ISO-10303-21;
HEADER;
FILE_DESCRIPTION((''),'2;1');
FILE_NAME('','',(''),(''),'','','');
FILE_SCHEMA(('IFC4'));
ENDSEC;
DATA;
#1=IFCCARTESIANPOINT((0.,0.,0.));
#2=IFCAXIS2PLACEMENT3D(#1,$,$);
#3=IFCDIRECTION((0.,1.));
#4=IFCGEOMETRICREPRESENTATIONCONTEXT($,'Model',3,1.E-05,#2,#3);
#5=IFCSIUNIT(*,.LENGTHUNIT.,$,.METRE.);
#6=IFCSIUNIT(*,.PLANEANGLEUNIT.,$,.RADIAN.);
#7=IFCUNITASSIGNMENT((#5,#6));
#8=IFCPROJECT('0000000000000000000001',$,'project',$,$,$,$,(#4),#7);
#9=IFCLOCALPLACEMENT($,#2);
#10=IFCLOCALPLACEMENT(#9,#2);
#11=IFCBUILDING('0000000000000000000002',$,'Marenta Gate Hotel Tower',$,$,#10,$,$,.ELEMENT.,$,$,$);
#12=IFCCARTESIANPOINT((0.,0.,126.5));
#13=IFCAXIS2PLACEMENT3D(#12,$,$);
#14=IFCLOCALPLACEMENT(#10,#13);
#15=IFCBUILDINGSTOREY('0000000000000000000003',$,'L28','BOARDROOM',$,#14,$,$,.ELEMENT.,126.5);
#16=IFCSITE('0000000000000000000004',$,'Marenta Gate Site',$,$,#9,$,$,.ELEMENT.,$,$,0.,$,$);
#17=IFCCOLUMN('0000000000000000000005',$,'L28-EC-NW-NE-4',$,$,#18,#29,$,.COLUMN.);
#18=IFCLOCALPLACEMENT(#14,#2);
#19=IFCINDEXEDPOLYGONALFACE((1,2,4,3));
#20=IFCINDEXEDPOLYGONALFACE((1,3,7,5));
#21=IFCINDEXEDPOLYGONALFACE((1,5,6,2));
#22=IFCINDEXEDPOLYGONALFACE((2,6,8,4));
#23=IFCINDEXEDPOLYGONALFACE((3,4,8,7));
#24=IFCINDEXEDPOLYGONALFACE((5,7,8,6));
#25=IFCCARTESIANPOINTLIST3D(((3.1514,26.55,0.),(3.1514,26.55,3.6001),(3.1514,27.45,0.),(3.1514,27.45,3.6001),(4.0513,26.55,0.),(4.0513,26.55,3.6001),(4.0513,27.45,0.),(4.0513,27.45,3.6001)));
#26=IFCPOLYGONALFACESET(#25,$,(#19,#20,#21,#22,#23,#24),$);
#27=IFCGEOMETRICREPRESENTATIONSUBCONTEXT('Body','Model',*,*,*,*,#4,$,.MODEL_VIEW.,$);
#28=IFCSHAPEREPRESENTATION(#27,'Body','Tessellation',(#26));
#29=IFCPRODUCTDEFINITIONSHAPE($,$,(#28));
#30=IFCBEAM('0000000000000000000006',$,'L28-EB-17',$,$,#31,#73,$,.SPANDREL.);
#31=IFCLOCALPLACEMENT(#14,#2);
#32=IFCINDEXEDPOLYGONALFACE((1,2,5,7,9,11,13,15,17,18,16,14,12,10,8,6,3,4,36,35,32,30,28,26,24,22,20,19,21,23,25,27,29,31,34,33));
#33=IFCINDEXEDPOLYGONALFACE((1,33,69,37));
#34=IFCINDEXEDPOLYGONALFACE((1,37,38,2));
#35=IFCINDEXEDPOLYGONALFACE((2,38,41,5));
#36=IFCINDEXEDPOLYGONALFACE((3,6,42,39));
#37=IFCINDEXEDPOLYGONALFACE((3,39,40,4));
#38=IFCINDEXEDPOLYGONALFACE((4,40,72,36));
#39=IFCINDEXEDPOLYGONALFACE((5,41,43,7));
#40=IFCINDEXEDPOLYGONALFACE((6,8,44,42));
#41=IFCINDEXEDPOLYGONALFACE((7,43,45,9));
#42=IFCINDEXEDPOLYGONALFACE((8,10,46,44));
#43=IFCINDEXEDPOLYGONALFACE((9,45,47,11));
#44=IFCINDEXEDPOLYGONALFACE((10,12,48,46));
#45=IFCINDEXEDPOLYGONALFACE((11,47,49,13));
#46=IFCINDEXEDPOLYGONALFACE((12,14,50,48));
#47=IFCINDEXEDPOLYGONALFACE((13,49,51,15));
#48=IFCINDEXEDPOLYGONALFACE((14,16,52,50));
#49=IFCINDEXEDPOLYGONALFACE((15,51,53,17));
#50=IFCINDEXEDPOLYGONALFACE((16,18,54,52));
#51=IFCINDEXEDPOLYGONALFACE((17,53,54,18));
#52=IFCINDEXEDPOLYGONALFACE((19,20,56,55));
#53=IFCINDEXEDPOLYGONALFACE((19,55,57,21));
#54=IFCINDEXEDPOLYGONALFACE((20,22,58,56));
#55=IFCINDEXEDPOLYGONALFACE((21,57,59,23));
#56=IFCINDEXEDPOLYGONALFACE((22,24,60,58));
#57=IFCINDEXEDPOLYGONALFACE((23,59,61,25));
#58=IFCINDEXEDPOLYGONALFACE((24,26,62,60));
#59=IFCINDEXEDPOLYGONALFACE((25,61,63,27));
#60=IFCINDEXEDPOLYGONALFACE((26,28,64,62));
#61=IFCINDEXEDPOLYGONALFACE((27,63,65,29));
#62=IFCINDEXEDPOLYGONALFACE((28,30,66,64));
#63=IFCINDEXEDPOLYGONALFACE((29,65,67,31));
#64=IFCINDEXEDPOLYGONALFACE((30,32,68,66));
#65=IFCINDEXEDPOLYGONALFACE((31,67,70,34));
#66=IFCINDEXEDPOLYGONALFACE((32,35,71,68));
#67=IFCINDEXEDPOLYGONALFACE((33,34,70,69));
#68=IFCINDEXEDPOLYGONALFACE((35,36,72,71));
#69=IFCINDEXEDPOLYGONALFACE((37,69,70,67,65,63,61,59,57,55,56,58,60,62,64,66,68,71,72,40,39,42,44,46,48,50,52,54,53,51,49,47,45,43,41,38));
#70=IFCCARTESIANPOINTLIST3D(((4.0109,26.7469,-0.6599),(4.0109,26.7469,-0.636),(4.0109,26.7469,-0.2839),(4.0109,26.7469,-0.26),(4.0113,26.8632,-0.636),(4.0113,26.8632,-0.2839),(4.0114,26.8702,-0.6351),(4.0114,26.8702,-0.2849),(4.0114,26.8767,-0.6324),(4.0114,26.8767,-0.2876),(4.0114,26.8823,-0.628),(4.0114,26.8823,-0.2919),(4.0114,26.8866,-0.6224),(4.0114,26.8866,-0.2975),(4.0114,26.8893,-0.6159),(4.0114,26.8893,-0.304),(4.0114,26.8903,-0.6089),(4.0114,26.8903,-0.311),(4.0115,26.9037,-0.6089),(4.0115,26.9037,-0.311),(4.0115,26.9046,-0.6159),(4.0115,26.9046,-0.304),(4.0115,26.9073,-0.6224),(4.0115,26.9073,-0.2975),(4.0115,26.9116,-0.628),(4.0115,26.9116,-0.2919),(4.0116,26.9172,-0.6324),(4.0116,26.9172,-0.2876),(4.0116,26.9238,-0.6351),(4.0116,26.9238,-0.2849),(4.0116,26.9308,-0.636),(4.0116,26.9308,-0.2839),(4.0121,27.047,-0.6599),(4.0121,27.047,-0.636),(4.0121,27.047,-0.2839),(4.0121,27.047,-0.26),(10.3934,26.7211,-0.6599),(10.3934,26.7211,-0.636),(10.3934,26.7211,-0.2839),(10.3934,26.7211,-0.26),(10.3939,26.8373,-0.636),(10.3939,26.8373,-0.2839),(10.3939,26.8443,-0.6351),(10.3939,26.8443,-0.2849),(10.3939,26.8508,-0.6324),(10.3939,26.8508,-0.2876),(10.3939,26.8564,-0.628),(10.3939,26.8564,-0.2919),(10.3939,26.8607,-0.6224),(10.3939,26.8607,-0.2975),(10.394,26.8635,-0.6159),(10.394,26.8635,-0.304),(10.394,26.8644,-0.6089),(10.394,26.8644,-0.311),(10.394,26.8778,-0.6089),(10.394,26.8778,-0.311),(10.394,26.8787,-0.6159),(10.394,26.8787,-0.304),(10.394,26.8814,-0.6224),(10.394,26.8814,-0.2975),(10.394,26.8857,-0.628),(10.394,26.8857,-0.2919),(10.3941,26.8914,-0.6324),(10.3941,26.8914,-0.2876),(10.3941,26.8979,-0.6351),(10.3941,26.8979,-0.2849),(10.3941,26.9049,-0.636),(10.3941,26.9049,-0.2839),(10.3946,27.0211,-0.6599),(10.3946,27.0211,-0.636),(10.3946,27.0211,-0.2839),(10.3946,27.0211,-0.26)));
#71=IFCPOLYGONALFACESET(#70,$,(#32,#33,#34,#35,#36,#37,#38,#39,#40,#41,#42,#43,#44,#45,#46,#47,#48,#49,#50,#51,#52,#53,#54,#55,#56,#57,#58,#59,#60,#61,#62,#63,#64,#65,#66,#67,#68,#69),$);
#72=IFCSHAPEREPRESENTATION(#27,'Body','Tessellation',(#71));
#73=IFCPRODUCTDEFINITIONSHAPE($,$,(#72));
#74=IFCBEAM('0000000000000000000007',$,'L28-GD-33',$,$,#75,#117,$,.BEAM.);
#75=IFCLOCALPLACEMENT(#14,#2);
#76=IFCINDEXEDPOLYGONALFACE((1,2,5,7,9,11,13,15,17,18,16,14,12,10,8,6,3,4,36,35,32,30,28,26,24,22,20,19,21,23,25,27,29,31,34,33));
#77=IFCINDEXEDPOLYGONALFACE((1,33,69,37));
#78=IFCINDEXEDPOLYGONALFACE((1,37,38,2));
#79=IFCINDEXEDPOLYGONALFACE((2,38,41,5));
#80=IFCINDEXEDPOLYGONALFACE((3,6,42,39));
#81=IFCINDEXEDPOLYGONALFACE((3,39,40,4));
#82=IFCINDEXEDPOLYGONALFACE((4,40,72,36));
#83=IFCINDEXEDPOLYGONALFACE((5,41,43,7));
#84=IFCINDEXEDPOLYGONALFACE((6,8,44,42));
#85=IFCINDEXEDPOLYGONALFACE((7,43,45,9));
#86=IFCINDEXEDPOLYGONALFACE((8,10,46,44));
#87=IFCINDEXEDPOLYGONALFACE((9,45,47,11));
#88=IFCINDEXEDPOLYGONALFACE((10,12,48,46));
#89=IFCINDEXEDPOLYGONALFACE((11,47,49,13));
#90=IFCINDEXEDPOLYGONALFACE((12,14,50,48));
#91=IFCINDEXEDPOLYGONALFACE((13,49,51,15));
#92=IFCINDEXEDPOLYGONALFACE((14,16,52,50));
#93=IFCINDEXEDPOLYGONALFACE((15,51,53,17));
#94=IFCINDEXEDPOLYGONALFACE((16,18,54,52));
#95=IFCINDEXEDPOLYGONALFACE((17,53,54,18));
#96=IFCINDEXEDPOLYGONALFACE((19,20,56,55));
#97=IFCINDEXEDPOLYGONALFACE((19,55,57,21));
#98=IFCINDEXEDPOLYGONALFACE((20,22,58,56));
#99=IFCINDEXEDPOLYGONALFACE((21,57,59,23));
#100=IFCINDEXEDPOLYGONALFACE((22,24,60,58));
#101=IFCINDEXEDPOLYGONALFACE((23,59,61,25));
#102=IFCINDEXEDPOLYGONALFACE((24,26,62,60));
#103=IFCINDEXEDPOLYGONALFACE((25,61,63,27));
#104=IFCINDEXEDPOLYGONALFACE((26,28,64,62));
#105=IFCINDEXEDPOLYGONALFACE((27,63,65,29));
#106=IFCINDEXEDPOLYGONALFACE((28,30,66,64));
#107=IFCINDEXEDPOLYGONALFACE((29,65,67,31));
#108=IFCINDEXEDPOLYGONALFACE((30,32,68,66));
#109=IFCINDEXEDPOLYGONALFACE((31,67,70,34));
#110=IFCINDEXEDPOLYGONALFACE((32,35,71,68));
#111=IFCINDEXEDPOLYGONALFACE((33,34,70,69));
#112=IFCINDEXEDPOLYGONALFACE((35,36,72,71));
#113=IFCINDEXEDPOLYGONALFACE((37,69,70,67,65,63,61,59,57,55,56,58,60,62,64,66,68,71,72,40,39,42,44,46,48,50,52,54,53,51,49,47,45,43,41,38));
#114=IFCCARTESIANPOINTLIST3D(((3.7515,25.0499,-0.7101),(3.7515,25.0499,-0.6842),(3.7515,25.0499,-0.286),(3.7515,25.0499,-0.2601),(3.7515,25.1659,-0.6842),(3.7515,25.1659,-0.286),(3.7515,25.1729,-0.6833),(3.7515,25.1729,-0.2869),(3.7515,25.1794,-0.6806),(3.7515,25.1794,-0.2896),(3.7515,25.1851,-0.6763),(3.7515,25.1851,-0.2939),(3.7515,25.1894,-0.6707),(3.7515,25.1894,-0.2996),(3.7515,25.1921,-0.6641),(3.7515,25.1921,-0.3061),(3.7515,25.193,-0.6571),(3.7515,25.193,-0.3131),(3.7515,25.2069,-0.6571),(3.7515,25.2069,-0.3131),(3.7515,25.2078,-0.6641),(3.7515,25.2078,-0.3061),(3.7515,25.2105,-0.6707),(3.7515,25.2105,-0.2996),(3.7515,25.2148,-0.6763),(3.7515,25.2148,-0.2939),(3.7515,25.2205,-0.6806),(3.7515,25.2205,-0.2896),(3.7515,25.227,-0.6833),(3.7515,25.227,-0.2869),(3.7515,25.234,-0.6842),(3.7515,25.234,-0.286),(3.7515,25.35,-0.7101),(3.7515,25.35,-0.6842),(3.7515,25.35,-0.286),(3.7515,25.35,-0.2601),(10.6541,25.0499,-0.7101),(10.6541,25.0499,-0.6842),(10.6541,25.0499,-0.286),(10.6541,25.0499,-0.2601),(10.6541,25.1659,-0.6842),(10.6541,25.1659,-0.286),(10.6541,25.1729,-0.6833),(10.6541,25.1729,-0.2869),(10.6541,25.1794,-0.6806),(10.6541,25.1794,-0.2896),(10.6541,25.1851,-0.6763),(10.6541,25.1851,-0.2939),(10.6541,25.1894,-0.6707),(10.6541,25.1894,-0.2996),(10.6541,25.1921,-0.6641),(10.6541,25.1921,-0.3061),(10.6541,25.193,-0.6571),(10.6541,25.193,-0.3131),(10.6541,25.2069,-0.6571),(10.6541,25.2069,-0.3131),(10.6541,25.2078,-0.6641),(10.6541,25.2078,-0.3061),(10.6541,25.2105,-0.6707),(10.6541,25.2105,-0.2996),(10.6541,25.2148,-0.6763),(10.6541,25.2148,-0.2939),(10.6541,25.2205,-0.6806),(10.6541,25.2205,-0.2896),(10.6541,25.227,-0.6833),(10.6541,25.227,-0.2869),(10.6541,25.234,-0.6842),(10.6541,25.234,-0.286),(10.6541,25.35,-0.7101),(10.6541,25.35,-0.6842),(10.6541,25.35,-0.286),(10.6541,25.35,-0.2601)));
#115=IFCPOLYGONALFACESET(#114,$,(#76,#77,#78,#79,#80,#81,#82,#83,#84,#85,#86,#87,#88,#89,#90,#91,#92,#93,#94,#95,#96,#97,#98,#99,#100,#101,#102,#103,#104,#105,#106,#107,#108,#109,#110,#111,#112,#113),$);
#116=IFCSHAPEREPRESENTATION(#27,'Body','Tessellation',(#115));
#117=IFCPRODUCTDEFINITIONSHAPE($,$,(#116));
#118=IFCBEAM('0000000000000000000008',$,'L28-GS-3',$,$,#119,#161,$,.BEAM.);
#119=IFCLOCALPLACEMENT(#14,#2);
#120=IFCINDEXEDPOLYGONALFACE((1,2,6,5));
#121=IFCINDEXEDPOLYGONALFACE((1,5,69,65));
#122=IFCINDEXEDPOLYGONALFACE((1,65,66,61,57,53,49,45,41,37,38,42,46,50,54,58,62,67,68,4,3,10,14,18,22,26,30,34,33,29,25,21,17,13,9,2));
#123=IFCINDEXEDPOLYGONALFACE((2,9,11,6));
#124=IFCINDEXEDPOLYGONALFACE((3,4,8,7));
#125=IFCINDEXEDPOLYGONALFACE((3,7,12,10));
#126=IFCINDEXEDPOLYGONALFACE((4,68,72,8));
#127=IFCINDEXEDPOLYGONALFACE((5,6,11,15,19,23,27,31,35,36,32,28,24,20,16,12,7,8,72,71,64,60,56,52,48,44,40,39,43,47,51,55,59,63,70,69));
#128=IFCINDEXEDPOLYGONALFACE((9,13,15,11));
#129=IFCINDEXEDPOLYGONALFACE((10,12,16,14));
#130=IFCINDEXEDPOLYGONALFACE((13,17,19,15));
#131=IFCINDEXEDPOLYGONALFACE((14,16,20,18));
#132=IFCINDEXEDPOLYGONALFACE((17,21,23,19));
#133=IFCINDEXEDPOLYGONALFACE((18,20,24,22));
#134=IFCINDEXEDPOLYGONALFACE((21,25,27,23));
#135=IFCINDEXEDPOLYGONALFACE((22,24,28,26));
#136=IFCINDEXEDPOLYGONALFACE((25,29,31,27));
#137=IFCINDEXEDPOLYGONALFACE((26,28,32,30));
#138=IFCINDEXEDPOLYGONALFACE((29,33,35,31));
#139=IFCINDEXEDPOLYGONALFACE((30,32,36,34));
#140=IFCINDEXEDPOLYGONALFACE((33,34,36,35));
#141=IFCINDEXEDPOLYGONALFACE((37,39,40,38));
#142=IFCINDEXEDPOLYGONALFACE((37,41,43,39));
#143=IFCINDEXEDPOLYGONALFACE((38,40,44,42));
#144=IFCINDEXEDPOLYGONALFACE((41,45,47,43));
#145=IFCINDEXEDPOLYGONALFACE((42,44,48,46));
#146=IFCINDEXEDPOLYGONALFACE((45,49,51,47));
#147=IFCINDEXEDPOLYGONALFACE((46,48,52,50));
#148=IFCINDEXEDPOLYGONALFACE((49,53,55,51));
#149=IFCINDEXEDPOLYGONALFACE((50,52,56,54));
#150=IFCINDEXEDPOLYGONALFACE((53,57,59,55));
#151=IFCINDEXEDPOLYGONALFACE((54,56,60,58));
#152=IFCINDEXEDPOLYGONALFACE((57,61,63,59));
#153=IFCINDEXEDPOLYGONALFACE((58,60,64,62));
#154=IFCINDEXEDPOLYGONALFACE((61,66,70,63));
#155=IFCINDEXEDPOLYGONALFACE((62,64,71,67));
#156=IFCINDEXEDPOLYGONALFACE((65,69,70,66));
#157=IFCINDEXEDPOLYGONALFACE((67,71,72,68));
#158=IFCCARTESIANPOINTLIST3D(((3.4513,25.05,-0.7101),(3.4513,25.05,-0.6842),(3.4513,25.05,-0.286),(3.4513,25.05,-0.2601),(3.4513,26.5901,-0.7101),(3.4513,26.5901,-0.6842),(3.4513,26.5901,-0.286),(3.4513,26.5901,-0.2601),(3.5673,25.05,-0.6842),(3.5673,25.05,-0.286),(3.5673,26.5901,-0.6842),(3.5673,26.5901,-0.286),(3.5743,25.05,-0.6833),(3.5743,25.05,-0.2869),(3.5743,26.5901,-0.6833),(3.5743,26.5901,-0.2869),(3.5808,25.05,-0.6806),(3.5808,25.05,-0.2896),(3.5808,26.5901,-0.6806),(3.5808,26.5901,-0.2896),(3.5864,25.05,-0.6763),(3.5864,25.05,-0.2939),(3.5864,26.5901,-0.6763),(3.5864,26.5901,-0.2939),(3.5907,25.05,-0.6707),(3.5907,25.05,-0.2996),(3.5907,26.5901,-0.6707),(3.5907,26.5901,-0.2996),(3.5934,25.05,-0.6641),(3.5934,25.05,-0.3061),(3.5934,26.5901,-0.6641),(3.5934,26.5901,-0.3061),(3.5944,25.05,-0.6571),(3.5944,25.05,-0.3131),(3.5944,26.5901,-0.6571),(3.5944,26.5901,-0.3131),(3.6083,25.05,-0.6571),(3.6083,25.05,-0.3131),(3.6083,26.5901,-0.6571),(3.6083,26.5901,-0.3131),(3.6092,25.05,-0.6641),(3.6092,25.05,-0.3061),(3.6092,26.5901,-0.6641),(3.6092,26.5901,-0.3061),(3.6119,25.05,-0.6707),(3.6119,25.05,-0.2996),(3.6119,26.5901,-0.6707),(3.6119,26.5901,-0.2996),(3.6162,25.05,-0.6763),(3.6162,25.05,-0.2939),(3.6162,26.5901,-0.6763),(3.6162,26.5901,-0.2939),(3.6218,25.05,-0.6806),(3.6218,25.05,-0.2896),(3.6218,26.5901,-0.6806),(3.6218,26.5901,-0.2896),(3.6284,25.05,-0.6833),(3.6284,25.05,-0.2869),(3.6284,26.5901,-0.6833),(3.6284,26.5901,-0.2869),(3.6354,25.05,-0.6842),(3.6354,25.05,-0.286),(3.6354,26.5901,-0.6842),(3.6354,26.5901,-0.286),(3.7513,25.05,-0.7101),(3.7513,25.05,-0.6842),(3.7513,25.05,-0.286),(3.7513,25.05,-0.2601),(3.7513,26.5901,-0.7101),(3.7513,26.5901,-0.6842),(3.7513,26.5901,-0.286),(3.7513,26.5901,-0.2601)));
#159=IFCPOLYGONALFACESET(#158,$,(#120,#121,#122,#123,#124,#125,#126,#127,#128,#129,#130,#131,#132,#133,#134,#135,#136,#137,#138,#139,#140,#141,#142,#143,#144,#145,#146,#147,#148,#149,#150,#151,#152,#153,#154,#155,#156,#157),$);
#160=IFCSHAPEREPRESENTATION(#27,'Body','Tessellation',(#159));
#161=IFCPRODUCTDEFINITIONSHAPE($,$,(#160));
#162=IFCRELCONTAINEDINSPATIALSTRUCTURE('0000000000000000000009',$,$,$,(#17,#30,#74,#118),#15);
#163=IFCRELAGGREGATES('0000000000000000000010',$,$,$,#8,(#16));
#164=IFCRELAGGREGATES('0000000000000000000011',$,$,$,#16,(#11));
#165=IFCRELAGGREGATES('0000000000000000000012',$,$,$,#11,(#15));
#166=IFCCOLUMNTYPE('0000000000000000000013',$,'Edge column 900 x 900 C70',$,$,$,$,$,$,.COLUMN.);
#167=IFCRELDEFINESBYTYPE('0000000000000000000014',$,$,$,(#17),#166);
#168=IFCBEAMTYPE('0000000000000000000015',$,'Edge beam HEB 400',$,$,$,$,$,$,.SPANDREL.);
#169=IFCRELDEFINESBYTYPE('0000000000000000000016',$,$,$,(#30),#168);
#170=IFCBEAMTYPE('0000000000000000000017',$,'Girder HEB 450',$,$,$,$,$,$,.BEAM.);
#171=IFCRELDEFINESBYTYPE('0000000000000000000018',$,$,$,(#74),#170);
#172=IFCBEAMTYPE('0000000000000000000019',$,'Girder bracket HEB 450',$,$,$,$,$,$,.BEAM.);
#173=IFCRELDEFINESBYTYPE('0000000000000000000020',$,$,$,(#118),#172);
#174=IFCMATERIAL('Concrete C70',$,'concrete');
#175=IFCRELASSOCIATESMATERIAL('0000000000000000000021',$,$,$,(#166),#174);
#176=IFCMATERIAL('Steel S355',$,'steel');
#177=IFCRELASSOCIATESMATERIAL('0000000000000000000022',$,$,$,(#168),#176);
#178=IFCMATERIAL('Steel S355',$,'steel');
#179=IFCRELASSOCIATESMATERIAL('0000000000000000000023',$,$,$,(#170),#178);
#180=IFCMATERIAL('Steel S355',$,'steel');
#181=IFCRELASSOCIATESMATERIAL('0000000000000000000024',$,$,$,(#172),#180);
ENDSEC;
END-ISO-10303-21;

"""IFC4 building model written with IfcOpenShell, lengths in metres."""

from ifc_helpers import new_model, si_unit, direction, frame, origin, origin_2d, place, context, subcontext, project, spatial, rectangle, i_section, extrude, material, material_profile, profile_set, type_object, element, save


model = new_model("IFC4")

# Units and contexts
model_context = context("Model", 3, precision=1e-05, world=origin(), true_north=direction((0.0, 1.0)))
body_context = subcontext(model_context, "Body", "Model", "MODEL_VIEW")
ifc_project = project(units=[si_unit("LENGTHUNIT", "METRE"), si_unit("PLANEANGLEUNIT", "RADIAN")], contexts=[model_context])

# Site, building, storey
site_placement = place(None, origin())
site = spatial("IfcSite", under=ifc_project, at=site_placement, Name="Marenta Gate Site", CompositionType="ELEMENT", RefElevation=0.0)
building_placement = place(site_placement, origin())
building = spatial("IfcBuilding", under=site, at=building_placement, Name="Marenta Gate Hotel Tower", CompositionType="ELEMENT")
storey_placement = place(building_placement, frame((0.0, 0.0, 126.5)))
storey = spatial("IfcBuildingStorey", under=building, at=storey_placement, Name="L28", Description="BOARDROOM", CompositionType="ELEMENT", Elevation=126.5)

# Column
ifc_material_1 = material(Name="Concrete C70", Category="concrete")
ifc_material_profile_1 = material_profile(ifc_material_1, rectangle(XDim=0.8999, YDim=0.8999, at=origin_2d()), Name="900 x 900")
ifc_profile_set_1 = profile_set([ifc_material_profile_1], Name="Concrete C70")
column_type = type_object("IfcColumnType", Name="Edge column 900 x 900 C70", PredefinedType="COLUMN", material=ifc_profile_set_1)
column_placement = place(storey_placement, frame((3.6013, 27.0, 0.0), z_axis=(0.0, 0.0, 1.0), x_axis=(1.0, 0.0, 0.0)))
element("IfcColumn", 1, at=column_placement, inside=storey, type_object=column_type, Name="L28-EC-NW-NE-4", PredefinedType="COLUMN", context=body_context, shape_type="SweptSolid", body=[
    extrude(rectangle(XDim=0.8999, YDim=0.8999, at=origin_2d()), origin(), (0.0, 0.0, 1.0), 3.6001),
])

# Beams
ifc_material_2 = material(Name="Steel S355", Category="steel")
ifc_material_profile_2 = material_profile(ifc_material_2, i_section(OverallWidth=0.3, OverallDepth=0.3999, WebThickness=0.0134, FlangeThickness=0.0239, FilletRadius=0.0271, at=origin_2d()), Name="HEB 400")
ifc_profile_set_2 = profile_set([ifc_material_profile_2], Name="Steel S355")
beam_type_1 = type_object("IfcBeamType", Name="Edge beam HEB 400", PredefinedType="SPANDREL", material=ifc_profile_set_2)
beam_1_placement = place(storey_placement, frame((4.0115, 26.897, -0.46), z_axis=(0.999992, -0.004055, 0.0), x_axis=(0.004055, 0.999992, 0.0)))
element("IfcBeam", 2, at=beam_1_placement, inside=storey, type_object=beam_type_1, Name="L28-EB-17", PredefinedType="SPANDREL", context=body_context, shape_type="SweptSolid", body=[
    extrude(i_section(OverallWidth=0.3, OverallDepth=0.3999, WebThickness=0.0134, FlangeThickness=0.0239, FilletRadius=0.0271, at=origin_2d()), origin(), (0.0, 0.0, 1.0), 6.3826),
])
ifc_material_3 = material(Name="Steel S355", Category="steel")
ifc_material_profile_3 = material_profile(ifc_material_3, i_section(OverallWidth=0.3, OverallDepth=0.45, WebThickness=0.0139, FlangeThickness=0.0259, FilletRadius=0.0271, at=origin_2d()), Name="HEB 450")
ifc_profile_set_3 = profile_set([ifc_material_profile_3], Name="Steel S355")
beam_type_2 = type_object("IfcBeamType", Name="Girder HEB 450", PredefinedType="BEAM", material=ifc_profile_set_3)
beam_2_placement = place(storey_placement, frame((3.7515, 25.2, -0.4851), z_axis=(1.0, 0.0, 0.0), x_axis=(0.0, 1.0, 0.0)))
element("IfcBeam", 3, at=beam_2_placement, inside=storey, type_object=beam_type_2, Name="L28-GD-33", PredefinedType="BEAM", context=body_context, shape_type="SweptSolid", body=[
    extrude(i_section(OverallWidth=0.3, OverallDepth=0.45, WebThickness=0.0139, FlangeThickness=0.0259, FilletRadius=0.0271, at=origin_2d()), origin(), (0.0, 0.0, 1.0), 6.9026),
])
ifc_material_4 = material(Name="Steel S355", Category="steel")
ifc_material_profile_4 = material_profile(ifc_material_4, i_section(OverallWidth=0.3, OverallDepth=0.45, WebThickness=0.0139, FlangeThickness=0.0259, FilletRadius=0.0271, at=origin_2d()), Name="HEB 450")
ifc_profile_set_4 = profile_set([ifc_material_profile_4], Name="Steel S355")
beam_type_3 = type_object("IfcBeamType", Name="Girder bracket HEB 450", PredefinedType="BEAM", material=ifc_profile_set_4)
beam_3_placement = place(storey_placement, frame((3.6013, 25.05, -0.4851), z_axis=(0.0, 1.0, 0.0), x_axis=(-1.0, 0.0, 0.0)))
element("IfcBeam", 4, at=beam_3_placement, inside=storey, type_object=beam_type_3, Name="L28-GS-3", PredefinedType="BEAM", context=body_context, shape_type="SweptSolid", body=[
    extrude(i_section(OverallWidth=0.3, OverallDepth=0.45, WebThickness=0.0139, FlangeThickness=0.0259, FilletRadius=0.0271, at=origin_2d()), origin(), (0.0, 0.0, 1.0), 1.54),
])

save(model, "model.ifc")
